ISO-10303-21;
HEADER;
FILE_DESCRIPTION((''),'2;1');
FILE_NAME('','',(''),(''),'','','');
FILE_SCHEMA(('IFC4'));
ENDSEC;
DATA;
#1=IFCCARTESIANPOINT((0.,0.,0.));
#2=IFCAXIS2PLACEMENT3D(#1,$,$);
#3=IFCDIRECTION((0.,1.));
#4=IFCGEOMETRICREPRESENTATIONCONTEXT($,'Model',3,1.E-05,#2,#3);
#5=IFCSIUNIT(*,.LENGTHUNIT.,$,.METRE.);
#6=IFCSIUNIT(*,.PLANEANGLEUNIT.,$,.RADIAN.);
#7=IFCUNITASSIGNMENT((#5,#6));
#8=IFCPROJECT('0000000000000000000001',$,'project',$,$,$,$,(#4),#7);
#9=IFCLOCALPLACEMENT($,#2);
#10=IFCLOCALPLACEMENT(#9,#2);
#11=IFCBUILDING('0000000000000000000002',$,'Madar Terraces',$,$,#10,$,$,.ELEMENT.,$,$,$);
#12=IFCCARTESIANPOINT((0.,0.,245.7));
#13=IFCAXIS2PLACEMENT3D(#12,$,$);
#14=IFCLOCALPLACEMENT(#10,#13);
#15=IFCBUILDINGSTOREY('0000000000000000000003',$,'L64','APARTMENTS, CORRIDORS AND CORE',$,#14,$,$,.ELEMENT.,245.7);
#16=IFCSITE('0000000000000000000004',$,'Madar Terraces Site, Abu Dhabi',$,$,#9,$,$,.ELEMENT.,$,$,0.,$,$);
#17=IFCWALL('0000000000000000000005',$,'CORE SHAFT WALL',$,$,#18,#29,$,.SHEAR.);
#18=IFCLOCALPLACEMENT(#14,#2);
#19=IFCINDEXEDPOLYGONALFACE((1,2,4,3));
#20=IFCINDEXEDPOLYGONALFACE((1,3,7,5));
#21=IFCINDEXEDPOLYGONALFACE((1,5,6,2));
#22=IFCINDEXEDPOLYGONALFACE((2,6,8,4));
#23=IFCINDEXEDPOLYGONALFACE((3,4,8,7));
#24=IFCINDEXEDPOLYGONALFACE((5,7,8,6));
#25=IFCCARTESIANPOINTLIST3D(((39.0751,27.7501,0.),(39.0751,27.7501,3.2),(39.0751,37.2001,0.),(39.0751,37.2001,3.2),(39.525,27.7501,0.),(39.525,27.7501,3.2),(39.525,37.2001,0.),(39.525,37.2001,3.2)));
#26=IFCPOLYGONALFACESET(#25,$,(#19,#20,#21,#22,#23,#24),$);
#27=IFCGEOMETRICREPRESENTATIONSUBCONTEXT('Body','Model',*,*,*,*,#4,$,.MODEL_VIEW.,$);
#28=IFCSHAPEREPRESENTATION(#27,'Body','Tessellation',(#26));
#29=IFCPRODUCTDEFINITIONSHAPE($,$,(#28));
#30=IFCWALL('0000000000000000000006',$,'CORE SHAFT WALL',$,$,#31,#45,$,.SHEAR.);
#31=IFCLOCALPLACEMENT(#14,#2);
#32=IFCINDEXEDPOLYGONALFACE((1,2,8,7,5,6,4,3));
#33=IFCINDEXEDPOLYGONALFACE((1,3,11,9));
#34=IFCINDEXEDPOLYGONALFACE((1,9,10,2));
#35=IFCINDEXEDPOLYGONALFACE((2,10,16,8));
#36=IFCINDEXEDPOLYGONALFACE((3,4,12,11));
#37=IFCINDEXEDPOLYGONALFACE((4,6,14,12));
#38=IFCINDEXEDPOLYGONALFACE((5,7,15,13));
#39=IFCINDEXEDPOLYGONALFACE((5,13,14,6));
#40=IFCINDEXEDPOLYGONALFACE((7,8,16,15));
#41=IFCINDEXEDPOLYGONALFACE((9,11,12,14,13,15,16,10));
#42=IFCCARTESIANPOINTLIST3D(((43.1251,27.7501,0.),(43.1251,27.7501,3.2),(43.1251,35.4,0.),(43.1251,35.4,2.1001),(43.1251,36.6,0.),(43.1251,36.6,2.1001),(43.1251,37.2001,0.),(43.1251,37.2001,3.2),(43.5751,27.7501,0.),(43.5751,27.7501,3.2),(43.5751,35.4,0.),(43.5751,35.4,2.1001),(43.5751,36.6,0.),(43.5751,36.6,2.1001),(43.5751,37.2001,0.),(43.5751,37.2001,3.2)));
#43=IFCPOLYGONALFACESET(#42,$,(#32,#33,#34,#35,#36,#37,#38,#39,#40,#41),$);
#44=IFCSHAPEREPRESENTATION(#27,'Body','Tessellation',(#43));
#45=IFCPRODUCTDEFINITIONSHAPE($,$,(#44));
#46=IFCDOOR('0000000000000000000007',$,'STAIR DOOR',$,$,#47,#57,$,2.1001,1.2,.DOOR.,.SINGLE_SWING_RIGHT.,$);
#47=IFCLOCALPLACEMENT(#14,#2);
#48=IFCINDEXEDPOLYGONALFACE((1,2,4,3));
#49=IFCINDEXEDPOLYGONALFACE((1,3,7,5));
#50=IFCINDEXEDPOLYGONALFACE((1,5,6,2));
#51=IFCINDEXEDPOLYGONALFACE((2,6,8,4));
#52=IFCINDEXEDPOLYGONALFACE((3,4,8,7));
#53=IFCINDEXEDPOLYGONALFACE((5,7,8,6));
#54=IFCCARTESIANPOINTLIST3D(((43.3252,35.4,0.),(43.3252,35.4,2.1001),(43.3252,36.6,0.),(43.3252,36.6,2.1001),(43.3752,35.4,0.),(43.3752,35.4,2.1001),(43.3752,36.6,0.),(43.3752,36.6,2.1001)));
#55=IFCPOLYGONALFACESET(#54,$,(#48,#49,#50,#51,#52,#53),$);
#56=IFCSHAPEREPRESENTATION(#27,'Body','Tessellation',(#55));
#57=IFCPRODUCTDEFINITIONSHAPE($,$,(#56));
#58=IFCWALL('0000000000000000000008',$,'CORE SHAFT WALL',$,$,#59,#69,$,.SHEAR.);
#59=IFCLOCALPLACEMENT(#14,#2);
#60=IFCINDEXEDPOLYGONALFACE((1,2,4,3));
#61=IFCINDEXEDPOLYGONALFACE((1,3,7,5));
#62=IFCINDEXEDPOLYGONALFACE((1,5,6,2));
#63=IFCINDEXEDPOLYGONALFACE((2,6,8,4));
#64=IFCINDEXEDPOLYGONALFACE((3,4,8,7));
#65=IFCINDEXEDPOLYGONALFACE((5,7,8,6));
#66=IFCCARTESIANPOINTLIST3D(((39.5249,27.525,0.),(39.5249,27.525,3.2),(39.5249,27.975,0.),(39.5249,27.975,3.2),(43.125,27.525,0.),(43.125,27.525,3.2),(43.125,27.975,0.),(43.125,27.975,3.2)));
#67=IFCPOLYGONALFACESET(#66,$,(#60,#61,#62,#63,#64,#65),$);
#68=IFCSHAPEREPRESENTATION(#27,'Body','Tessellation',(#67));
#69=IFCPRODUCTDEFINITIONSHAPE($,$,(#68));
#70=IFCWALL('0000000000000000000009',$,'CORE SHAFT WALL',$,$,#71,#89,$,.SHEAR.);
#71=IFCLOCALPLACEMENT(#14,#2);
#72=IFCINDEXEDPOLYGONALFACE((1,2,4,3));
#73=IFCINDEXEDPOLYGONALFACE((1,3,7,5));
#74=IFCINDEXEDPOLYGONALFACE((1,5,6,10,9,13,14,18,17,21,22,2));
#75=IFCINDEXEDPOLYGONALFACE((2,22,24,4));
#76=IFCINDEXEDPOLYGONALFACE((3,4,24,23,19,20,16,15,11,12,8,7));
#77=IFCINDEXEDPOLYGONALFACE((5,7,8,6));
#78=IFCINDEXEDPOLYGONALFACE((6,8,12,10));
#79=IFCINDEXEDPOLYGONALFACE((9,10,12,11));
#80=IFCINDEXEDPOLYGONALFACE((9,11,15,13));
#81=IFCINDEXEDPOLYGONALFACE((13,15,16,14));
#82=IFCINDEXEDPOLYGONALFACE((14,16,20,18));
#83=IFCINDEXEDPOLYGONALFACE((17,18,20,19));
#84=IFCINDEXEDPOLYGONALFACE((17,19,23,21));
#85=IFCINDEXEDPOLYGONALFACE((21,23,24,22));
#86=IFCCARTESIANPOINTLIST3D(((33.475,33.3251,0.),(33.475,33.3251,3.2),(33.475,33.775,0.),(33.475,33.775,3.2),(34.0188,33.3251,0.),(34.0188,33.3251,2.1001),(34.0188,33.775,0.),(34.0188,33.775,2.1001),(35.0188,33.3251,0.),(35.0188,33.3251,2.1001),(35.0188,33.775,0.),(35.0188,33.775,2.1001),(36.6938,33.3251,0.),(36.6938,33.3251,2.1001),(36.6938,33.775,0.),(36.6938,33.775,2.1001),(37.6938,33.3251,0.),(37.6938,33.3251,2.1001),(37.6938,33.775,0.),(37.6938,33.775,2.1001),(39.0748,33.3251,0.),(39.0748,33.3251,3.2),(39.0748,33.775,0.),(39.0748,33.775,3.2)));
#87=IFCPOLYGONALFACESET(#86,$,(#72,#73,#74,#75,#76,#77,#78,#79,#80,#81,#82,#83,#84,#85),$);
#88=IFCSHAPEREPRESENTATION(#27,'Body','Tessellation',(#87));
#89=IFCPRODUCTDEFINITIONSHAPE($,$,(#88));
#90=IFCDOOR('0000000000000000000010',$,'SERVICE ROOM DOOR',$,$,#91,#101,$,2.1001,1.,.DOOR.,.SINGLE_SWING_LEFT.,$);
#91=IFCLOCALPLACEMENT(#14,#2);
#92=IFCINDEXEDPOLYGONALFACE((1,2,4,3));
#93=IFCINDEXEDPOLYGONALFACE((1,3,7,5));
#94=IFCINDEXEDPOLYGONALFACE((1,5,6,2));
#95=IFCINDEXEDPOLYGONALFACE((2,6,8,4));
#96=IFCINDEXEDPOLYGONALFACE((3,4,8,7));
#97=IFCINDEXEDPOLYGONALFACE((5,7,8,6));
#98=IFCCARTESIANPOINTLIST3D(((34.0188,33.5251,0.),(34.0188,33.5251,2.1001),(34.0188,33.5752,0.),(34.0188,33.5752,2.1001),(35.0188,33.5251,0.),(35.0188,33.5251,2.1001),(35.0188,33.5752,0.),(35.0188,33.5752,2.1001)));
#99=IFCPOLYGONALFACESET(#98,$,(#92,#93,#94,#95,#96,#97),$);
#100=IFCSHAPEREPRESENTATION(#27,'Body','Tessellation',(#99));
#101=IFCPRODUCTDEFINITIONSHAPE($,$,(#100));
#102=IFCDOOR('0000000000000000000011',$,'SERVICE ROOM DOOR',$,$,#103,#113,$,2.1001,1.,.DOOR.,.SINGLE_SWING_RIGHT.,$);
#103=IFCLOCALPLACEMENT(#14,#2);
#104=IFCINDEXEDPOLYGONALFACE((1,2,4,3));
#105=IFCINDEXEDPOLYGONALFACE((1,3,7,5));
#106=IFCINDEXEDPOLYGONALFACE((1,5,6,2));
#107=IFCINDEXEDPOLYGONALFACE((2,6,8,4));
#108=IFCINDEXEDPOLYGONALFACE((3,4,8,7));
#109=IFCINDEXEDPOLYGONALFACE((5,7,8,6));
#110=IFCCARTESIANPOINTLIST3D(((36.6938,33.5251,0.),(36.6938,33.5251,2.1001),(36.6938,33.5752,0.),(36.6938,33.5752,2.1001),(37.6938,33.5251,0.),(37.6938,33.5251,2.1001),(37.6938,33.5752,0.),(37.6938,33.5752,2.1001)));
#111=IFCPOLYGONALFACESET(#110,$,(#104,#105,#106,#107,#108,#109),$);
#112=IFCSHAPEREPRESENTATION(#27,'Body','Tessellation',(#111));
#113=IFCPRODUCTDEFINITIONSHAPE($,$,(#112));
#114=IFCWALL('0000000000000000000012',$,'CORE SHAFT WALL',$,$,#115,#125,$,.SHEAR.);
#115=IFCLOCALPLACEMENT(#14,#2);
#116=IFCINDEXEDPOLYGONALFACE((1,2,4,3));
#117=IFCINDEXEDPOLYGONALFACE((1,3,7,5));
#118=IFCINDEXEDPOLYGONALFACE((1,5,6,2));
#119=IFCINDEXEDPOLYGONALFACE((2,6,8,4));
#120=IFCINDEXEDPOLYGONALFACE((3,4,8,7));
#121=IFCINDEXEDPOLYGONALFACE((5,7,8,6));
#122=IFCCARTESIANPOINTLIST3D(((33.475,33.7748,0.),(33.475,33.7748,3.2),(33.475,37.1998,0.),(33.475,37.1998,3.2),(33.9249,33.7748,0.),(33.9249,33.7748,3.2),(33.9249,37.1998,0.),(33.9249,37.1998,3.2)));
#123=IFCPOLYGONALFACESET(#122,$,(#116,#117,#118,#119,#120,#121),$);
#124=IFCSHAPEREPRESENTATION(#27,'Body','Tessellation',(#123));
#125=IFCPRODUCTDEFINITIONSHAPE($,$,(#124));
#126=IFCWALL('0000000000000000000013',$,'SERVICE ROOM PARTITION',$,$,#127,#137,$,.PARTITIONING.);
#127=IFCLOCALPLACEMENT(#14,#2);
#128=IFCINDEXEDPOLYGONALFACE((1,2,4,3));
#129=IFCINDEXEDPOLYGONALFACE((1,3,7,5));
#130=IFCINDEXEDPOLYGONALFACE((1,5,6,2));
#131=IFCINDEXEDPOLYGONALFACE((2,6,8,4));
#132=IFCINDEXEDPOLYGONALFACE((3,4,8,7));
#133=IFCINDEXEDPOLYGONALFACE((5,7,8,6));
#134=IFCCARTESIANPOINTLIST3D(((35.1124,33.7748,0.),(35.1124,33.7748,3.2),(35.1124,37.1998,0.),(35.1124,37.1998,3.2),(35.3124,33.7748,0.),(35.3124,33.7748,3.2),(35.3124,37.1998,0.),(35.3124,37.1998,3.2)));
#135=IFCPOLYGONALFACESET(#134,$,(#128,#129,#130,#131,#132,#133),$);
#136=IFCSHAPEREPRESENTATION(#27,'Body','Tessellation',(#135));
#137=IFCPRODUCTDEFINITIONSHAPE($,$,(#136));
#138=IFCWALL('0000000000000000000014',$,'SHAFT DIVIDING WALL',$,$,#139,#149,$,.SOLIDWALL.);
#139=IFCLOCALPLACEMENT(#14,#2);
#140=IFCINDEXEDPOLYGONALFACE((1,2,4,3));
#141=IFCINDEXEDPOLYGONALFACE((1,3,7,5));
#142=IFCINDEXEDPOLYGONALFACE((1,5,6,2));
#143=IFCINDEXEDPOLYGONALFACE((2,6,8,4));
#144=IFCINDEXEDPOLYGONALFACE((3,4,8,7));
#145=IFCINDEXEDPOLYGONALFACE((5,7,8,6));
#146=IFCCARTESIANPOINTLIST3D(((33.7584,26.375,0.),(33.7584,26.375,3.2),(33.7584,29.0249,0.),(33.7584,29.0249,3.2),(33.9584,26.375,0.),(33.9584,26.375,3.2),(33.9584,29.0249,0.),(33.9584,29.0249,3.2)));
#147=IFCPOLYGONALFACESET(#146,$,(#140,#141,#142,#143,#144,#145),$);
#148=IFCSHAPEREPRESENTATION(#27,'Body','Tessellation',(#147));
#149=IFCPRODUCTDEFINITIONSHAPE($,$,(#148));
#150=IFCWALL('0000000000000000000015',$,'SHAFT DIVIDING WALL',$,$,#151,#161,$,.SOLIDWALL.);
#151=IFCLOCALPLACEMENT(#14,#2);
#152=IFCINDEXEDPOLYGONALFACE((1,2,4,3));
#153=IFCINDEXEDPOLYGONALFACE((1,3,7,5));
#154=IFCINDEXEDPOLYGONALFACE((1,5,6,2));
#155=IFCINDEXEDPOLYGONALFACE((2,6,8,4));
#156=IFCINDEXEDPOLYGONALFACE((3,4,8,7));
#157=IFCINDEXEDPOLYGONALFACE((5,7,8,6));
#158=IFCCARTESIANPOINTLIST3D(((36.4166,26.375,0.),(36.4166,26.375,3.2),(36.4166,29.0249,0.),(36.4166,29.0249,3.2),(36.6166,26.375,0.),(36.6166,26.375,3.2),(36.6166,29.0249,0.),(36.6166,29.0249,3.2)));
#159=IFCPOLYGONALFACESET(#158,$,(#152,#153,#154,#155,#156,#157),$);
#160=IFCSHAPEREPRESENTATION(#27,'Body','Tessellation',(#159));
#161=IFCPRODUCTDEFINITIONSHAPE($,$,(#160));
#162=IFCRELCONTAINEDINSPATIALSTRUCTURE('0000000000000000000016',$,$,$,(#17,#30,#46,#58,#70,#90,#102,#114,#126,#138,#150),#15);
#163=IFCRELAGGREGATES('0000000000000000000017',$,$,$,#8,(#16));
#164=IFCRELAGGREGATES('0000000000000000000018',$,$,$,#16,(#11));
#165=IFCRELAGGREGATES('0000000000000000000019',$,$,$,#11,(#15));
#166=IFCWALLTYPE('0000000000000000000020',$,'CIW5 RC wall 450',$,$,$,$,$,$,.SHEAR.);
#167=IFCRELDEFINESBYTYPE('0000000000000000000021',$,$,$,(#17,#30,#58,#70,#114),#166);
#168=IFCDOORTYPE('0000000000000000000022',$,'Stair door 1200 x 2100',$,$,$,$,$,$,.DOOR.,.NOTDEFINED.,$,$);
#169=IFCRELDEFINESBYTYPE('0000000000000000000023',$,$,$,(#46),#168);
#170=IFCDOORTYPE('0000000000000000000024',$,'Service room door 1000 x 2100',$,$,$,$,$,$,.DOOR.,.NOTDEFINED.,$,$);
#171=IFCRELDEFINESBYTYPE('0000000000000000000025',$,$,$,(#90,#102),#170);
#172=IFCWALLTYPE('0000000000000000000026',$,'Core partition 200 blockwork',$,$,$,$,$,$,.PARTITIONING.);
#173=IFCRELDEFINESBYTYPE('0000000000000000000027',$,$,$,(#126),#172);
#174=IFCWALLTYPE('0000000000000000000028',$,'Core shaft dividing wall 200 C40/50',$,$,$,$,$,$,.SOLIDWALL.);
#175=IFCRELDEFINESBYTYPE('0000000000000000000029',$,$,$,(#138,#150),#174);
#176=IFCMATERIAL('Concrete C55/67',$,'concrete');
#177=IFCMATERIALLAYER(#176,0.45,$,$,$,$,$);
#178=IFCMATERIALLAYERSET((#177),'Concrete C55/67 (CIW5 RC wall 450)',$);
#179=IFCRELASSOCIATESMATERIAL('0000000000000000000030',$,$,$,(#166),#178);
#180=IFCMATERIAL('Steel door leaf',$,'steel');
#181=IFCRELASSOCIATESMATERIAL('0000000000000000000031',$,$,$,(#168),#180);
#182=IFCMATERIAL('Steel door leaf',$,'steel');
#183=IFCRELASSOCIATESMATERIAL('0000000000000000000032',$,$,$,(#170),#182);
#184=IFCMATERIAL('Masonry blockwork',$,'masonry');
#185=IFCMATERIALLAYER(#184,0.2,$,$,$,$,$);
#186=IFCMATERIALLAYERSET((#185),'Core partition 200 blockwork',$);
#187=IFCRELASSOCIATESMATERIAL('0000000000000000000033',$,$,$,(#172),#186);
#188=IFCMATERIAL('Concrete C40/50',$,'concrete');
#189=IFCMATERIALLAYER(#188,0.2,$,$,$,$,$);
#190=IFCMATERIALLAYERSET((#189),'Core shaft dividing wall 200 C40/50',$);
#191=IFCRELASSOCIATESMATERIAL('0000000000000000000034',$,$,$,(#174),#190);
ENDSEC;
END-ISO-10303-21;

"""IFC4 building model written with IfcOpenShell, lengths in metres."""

from ifc_helpers import new_model, si_unit, direction, frame, frame_2d, origin, place, context, subcontext, project, spatial, rectangle, extrude, material, layer, layer_set, type_object, element, fill, save


model = new_model("IFC4")

# Units and contexts
model_context = context("Model", 3, precision=1e-05, world=origin(), true_north=direction((0.0, 1.0)))
body_context = subcontext(model_context, "Body", "Model", "MODEL_VIEW")
ifc_project = project(units=[si_unit("LENGTHUNIT", "METRE"), si_unit("PLANEANGLEUNIT", "RADIAN")], contexts=[model_context])

# Site, building, storey
site_placement = place(None, origin())
site = spatial("IfcSite", under=ifc_project, at=site_placement, Name="Madar Terraces Site, Abu Dhabi", CompositionType="ELEMENT", RefElevation=0.0)
building_placement = place(site_placement, origin())
building = spatial("IfcBuilding", under=site, at=building_placement, Name="Madar Terraces", CompositionType="ELEMENT")
storey_placement = place(building_placement, frame((0.0, 0.0, 245.7)))
storey = spatial("IfcBuildingStorey", under=building, at=storey_placement, Name="L64", Description="APARTMENTS, CORRIDORS AND CORE", CompositionType="ELEMENT", Elevation=245.7)

# Wall
ifc_material_1 = material(Name="Concrete C55/67", Category="concrete")
ifc_layer_1 = layer(ifc_material_1, 0.45)
ifc_layer_set_1 = layer_set([ifc_layer_1], Name="Concrete C55/67 (CIW5 RC wall 450)")
wall_type_1 = type_object("IfcWallType", Name="CIW5 RC wall 450", PredefinedType="SHEAR", material=ifc_layer_set_1)
wall_1_placement = place(storey_placement, frame((39.3, 27.75, 0.0), z_axis=(0.0, 0.0, 1.0), x_axis=(0.0, 1.0, 0.0)))
element("IfcWall", 1, at=wall_1_placement, inside=storey, type_object=wall_type_1, Name="CORE SHAFT WALL", PredefinedType="SHEAR", context=body_context, shape_type="SweptSolid", body=[
    extrude(rectangle(XDim=9.45, YDim=0.45, at=frame_2d((4.7251, 0.0))), origin(), (0.0, 0.0, 1.0), 3.2),
])

# Wall, opening, door
wall_2_placement = place(storey_placement, frame((43.3501, 27.75, 0.0), z_axis=(0.0, 0.0, 1.0), x_axis=(0.0, 1.0, 0.0)))
wall_2 = element("IfcWall", 2, at=wall_2_placement, inside=storey, type_object=wall_type_1, Name="CORE SHAFT WALL", PredefinedType="SHEAR", context=body_context, shape_type="SweptSolid", body=[
    extrude(rectangle(XDim=9.45, YDim=0.45, at=frame_2d((4.7251, 0.0))), origin(), (0.0, 0.0, 1.0), 3.2),
])
opening_1_placement = place(wall_2_placement, frame((7.6499, 0.0, 0.0)))
opening_1 = element("IfcOpeningElement", 3, at=opening_1_placement, cuts=wall_2, PredefinedType="OPENING", context=body_context, shape_type="SweptSolid", body=[
    extrude(rectangle(XDim=1.2, YDim=2.1001, at=frame_2d((0.6001, 1.05))), frame((0.0, 0.2349, 0.0), z_axis=(0.0, -1.0, 0.0), x_axis=(1.0, 0.0, 0.0)), (0.0, 0.0, 1.0), 0.47),
])
ifc_material_2 = material(Name="Steel door leaf", Category="steel")
door_type_1 = type_object("IfcDoorType", Name="Stair door 1200 x 2100", OperationType="NOTDEFINED", PredefinedType="DOOR", material=ifc_material_2)
door_1_placement = place(opening_1_placement, origin())
door_1 = element("IfcDoor", 4, at=door_1_placement, inside=storey, type_object=door_type_1, Name="STAIR DOOR", OperationType="SINGLE_SWING_RIGHT", OverallHeight=2.1001, OverallWidth=1.2, PredefinedType="DOOR", context=body_context, shape_type="SweptSolid", body=[
    extrude(rectangle(XDim=1.2, YDim=2.1001, at=frame_2d((0.6001, 1.05))), frame((0.0, 0.0249, 0.0), z_axis=(0.0, -1.0, 0.0), x_axis=(1.0, 0.0, 0.0)), (0.0, 0.0, 1.0), 0.05),
])
fill(opening_1, door_1)

# Wall
wall_3_placement = place(storey_placement, frame((39.5249, 27.75, 0.0), z_axis=(0.0, 0.0, 1.0), x_axis=(1.0, 0.0, 0.0)))
element("IfcWall", 5, at=wall_3_placement, inside=storey, type_object=wall_type_1, Name="CORE SHAFT WALL", PredefinedType="SHEAR", context=body_context, shape_type="SweptSolid", body=[
    extrude(rectangle(XDim=3.6001, YDim=0.45, at=frame_2d((1.8, 0.0))), origin(), (0.0, 0.0, 1.0), 3.2),
])

# Wall, openings, doors
wall_4_placement = place(storey_placement, frame((33.4751, 33.55, 0.0), z_axis=(0.0, 0.0, 1.0), x_axis=(1.0, 0.0, 0.0)))
wall_4 = element("IfcWall", 6, at=wall_4_placement, inside=storey, type_object=wall_type_1, Name="CORE SHAFT WALL", PredefinedType="SHEAR", context=body_context, shape_type="SweptSolid", body=[
    extrude(rectangle(XDim=5.5999, YDim=0.45, at=frame_2d((2.7998, 0.0))), origin(), (0.0, 0.0, 1.0), 3.2),
])
opening_2_placement = place(wall_4_placement, frame((0.5437, 0.0, 0.0)))
opening_2 = element("IfcOpeningElement", 7, at=opening_2_placement, cuts=wall_4, PredefinedType="OPENING", context=body_context, shape_type="SweptSolid", body=[
    extrude(rectangle(XDim=1.0, YDim=2.1001, at=frame_2d((0.5, 1.05))), frame((0.0, 0.2349, 0.0), z_axis=(0.0, -1.0, 0.0), x_axis=(1.0, 0.0, 0.0)), (0.0, 0.0, 1.0), 0.47),
])
opening_3_placement = place(wall_4_placement, frame((3.2188, 0.0, 0.0)))
opening_3 = element("IfcOpeningElement", 8, at=opening_3_placement, cuts=wall_4, PredefinedType="OPENING", context=body_context, shape_type="SweptSolid", body=[
    extrude(rectangle(XDim=1.0, YDim=2.1001, at=frame_2d((0.5, 1.05))), frame((0.0, 0.2349, 0.0), z_axis=(0.0, -1.0, 0.0), x_axis=(1.0, 0.0, 0.0)), (0.0, 0.0, 1.0), 0.47),
])
ifc_material_3 = material(Name="Steel door leaf", Category="steel")
door_type_2 = type_object("IfcDoorType", Name="Service room door 1000 x 2100", OperationType="NOTDEFINED", PredefinedType="DOOR", material=ifc_material_3)
door_2_placement = place(opening_2_placement, frame((1.0, 0.0, 0.0), z_axis=(0.0, 0.0, 1.0), x_axis=(-1.0, 0.0, 0.0)))
door_2 = element("IfcDoor", 9, at=door_2_placement, inside=storey, type_object=door_type_2, Name="SERVICE ROOM DOOR", OperationType="SINGLE_SWING_LEFT", OverallHeight=2.1001, OverallWidth=1.0, PredefinedType="DOOR", context=body_context, shape_type="SweptSolid", body=[
    extrude(rectangle(XDim=1.0, YDim=2.1001, at=frame_2d((0.5, 1.05))), frame((0.0, 0.0249, 0.0), z_axis=(0.0, -1.0, 0.0), x_axis=(1.0, 0.0, 0.0)), (0.0, 0.0, 1.0), 0.05),
])
fill(opening_2, door_2)
door_3_placement = place(opening_3_placement, frame((1.0, 0.0, 0.0), z_axis=(0.0, 0.0, 1.0), x_axis=(-1.0, 0.0, 0.0)))
door_3 = element("IfcDoor", 10, at=door_3_placement, inside=storey, type_object=door_type_2, Name="SERVICE ROOM DOOR", OperationType="SINGLE_SWING_RIGHT", OverallHeight=2.1001, OverallWidth=1.0, PredefinedType="DOOR", context=body_context, shape_type="SweptSolid", body=[
    extrude(rectangle(XDim=1.0, YDim=2.1001, at=frame_2d((0.5, 1.05))), frame((0.0, 0.0249, 0.0), z_axis=(0.0, -1.0, 0.0), x_axis=(1.0, 0.0, 0.0)), (0.0, 0.0, 1.0), 0.05),
])
fill(opening_3, door_3)

# Walls
wall_5_placement = place(storey_placement, frame((33.7, 33.7749, 0.0), z_axis=(0.0, 0.0, 1.0), x_axis=(0.0, 1.0, 0.0)))
element("IfcWall", 11, at=wall_5_placement, inside=storey, type_object=wall_type_1, Name="CORE SHAFT WALL", PredefinedType="SHEAR", context=body_context, shape_type="SweptSolid", body=[
    extrude(rectangle(XDim=3.425, YDim=0.45, at=frame_2d((1.7124, 0.0))), origin(), (0.0, 0.0, 1.0), 3.2),
])
ifc_material_4 = material(Name="Masonry blockwork", Category="masonry")
ifc_layer_2 = layer(ifc_material_4, 0.2)
ifc_layer_set_2 = layer_set([ifc_layer_2], Name="Core partition 200 blockwork")
wall_type_2 = type_object("IfcWallType", Name="Core partition 200 blockwork", PredefinedType="PARTITIONING", material=ifc_layer_set_2)
wall_6_placement = place(storey_placement, frame((35.2124, 33.7749, 0.0), z_axis=(0.0, 0.0, 1.0), x_axis=(0.0, 1.0, 0.0)))
element("IfcWall", 12, at=wall_6_placement, inside=storey, type_object=wall_type_2, Name="SERVICE ROOM PARTITION", PredefinedType="PARTITIONING", context=body_context, shape_type="SweptSolid", body=[
    extrude(rectangle(XDim=3.425, YDim=0.2, at=frame_2d((1.7124, 0.0))), origin(), (0.0, 0.0, 1.0), 3.2),
])
ifc_material_5 = material(Name="Concrete C40/50", Category="concrete")
ifc_layer_3 = layer(ifc_material_5, 0.2)
ifc_layer_set_3 = layer_set([ifc_layer_3], Name="Core shaft dividing wall 200 C40/50")
wall_type_3 = type_object("IfcWallType", Name="Core shaft dividing wall 200 C40/50", PredefinedType="SOLIDWALL", material=ifc_layer_set_3)
for number, where, z_axis, x_axis, name in (
    (13, (33.8584, 26.375, 0.0), (0.0, 0.0, 1.0), (0.0, 1.0, 0.0), "SHAFT DIVIDING WALL"),
    (14, (36.5166, 26.375, 0.0), (0.0, 0.0, 1.0), (0.0, 1.0, 0.0), "SHAFT DIVIDING WALL"),
):
    element("IfcWall", number, at=place(storey_placement, frame(where, z_axis=z_axis, x_axis=x_axis)), inside=storey, type_object=wall_type_3, Name=name, PredefinedType="SOLIDWALL", context=body_context, shape_type="SweptSolid", body=[
        extrude(rectangle(XDim=2.6499, YDim=0.2, at=frame_2d((1.325, 0.0))), origin(), (0.0, 0.0, 1.0), 3.2),
    ])

save(model, "model.ifc")
